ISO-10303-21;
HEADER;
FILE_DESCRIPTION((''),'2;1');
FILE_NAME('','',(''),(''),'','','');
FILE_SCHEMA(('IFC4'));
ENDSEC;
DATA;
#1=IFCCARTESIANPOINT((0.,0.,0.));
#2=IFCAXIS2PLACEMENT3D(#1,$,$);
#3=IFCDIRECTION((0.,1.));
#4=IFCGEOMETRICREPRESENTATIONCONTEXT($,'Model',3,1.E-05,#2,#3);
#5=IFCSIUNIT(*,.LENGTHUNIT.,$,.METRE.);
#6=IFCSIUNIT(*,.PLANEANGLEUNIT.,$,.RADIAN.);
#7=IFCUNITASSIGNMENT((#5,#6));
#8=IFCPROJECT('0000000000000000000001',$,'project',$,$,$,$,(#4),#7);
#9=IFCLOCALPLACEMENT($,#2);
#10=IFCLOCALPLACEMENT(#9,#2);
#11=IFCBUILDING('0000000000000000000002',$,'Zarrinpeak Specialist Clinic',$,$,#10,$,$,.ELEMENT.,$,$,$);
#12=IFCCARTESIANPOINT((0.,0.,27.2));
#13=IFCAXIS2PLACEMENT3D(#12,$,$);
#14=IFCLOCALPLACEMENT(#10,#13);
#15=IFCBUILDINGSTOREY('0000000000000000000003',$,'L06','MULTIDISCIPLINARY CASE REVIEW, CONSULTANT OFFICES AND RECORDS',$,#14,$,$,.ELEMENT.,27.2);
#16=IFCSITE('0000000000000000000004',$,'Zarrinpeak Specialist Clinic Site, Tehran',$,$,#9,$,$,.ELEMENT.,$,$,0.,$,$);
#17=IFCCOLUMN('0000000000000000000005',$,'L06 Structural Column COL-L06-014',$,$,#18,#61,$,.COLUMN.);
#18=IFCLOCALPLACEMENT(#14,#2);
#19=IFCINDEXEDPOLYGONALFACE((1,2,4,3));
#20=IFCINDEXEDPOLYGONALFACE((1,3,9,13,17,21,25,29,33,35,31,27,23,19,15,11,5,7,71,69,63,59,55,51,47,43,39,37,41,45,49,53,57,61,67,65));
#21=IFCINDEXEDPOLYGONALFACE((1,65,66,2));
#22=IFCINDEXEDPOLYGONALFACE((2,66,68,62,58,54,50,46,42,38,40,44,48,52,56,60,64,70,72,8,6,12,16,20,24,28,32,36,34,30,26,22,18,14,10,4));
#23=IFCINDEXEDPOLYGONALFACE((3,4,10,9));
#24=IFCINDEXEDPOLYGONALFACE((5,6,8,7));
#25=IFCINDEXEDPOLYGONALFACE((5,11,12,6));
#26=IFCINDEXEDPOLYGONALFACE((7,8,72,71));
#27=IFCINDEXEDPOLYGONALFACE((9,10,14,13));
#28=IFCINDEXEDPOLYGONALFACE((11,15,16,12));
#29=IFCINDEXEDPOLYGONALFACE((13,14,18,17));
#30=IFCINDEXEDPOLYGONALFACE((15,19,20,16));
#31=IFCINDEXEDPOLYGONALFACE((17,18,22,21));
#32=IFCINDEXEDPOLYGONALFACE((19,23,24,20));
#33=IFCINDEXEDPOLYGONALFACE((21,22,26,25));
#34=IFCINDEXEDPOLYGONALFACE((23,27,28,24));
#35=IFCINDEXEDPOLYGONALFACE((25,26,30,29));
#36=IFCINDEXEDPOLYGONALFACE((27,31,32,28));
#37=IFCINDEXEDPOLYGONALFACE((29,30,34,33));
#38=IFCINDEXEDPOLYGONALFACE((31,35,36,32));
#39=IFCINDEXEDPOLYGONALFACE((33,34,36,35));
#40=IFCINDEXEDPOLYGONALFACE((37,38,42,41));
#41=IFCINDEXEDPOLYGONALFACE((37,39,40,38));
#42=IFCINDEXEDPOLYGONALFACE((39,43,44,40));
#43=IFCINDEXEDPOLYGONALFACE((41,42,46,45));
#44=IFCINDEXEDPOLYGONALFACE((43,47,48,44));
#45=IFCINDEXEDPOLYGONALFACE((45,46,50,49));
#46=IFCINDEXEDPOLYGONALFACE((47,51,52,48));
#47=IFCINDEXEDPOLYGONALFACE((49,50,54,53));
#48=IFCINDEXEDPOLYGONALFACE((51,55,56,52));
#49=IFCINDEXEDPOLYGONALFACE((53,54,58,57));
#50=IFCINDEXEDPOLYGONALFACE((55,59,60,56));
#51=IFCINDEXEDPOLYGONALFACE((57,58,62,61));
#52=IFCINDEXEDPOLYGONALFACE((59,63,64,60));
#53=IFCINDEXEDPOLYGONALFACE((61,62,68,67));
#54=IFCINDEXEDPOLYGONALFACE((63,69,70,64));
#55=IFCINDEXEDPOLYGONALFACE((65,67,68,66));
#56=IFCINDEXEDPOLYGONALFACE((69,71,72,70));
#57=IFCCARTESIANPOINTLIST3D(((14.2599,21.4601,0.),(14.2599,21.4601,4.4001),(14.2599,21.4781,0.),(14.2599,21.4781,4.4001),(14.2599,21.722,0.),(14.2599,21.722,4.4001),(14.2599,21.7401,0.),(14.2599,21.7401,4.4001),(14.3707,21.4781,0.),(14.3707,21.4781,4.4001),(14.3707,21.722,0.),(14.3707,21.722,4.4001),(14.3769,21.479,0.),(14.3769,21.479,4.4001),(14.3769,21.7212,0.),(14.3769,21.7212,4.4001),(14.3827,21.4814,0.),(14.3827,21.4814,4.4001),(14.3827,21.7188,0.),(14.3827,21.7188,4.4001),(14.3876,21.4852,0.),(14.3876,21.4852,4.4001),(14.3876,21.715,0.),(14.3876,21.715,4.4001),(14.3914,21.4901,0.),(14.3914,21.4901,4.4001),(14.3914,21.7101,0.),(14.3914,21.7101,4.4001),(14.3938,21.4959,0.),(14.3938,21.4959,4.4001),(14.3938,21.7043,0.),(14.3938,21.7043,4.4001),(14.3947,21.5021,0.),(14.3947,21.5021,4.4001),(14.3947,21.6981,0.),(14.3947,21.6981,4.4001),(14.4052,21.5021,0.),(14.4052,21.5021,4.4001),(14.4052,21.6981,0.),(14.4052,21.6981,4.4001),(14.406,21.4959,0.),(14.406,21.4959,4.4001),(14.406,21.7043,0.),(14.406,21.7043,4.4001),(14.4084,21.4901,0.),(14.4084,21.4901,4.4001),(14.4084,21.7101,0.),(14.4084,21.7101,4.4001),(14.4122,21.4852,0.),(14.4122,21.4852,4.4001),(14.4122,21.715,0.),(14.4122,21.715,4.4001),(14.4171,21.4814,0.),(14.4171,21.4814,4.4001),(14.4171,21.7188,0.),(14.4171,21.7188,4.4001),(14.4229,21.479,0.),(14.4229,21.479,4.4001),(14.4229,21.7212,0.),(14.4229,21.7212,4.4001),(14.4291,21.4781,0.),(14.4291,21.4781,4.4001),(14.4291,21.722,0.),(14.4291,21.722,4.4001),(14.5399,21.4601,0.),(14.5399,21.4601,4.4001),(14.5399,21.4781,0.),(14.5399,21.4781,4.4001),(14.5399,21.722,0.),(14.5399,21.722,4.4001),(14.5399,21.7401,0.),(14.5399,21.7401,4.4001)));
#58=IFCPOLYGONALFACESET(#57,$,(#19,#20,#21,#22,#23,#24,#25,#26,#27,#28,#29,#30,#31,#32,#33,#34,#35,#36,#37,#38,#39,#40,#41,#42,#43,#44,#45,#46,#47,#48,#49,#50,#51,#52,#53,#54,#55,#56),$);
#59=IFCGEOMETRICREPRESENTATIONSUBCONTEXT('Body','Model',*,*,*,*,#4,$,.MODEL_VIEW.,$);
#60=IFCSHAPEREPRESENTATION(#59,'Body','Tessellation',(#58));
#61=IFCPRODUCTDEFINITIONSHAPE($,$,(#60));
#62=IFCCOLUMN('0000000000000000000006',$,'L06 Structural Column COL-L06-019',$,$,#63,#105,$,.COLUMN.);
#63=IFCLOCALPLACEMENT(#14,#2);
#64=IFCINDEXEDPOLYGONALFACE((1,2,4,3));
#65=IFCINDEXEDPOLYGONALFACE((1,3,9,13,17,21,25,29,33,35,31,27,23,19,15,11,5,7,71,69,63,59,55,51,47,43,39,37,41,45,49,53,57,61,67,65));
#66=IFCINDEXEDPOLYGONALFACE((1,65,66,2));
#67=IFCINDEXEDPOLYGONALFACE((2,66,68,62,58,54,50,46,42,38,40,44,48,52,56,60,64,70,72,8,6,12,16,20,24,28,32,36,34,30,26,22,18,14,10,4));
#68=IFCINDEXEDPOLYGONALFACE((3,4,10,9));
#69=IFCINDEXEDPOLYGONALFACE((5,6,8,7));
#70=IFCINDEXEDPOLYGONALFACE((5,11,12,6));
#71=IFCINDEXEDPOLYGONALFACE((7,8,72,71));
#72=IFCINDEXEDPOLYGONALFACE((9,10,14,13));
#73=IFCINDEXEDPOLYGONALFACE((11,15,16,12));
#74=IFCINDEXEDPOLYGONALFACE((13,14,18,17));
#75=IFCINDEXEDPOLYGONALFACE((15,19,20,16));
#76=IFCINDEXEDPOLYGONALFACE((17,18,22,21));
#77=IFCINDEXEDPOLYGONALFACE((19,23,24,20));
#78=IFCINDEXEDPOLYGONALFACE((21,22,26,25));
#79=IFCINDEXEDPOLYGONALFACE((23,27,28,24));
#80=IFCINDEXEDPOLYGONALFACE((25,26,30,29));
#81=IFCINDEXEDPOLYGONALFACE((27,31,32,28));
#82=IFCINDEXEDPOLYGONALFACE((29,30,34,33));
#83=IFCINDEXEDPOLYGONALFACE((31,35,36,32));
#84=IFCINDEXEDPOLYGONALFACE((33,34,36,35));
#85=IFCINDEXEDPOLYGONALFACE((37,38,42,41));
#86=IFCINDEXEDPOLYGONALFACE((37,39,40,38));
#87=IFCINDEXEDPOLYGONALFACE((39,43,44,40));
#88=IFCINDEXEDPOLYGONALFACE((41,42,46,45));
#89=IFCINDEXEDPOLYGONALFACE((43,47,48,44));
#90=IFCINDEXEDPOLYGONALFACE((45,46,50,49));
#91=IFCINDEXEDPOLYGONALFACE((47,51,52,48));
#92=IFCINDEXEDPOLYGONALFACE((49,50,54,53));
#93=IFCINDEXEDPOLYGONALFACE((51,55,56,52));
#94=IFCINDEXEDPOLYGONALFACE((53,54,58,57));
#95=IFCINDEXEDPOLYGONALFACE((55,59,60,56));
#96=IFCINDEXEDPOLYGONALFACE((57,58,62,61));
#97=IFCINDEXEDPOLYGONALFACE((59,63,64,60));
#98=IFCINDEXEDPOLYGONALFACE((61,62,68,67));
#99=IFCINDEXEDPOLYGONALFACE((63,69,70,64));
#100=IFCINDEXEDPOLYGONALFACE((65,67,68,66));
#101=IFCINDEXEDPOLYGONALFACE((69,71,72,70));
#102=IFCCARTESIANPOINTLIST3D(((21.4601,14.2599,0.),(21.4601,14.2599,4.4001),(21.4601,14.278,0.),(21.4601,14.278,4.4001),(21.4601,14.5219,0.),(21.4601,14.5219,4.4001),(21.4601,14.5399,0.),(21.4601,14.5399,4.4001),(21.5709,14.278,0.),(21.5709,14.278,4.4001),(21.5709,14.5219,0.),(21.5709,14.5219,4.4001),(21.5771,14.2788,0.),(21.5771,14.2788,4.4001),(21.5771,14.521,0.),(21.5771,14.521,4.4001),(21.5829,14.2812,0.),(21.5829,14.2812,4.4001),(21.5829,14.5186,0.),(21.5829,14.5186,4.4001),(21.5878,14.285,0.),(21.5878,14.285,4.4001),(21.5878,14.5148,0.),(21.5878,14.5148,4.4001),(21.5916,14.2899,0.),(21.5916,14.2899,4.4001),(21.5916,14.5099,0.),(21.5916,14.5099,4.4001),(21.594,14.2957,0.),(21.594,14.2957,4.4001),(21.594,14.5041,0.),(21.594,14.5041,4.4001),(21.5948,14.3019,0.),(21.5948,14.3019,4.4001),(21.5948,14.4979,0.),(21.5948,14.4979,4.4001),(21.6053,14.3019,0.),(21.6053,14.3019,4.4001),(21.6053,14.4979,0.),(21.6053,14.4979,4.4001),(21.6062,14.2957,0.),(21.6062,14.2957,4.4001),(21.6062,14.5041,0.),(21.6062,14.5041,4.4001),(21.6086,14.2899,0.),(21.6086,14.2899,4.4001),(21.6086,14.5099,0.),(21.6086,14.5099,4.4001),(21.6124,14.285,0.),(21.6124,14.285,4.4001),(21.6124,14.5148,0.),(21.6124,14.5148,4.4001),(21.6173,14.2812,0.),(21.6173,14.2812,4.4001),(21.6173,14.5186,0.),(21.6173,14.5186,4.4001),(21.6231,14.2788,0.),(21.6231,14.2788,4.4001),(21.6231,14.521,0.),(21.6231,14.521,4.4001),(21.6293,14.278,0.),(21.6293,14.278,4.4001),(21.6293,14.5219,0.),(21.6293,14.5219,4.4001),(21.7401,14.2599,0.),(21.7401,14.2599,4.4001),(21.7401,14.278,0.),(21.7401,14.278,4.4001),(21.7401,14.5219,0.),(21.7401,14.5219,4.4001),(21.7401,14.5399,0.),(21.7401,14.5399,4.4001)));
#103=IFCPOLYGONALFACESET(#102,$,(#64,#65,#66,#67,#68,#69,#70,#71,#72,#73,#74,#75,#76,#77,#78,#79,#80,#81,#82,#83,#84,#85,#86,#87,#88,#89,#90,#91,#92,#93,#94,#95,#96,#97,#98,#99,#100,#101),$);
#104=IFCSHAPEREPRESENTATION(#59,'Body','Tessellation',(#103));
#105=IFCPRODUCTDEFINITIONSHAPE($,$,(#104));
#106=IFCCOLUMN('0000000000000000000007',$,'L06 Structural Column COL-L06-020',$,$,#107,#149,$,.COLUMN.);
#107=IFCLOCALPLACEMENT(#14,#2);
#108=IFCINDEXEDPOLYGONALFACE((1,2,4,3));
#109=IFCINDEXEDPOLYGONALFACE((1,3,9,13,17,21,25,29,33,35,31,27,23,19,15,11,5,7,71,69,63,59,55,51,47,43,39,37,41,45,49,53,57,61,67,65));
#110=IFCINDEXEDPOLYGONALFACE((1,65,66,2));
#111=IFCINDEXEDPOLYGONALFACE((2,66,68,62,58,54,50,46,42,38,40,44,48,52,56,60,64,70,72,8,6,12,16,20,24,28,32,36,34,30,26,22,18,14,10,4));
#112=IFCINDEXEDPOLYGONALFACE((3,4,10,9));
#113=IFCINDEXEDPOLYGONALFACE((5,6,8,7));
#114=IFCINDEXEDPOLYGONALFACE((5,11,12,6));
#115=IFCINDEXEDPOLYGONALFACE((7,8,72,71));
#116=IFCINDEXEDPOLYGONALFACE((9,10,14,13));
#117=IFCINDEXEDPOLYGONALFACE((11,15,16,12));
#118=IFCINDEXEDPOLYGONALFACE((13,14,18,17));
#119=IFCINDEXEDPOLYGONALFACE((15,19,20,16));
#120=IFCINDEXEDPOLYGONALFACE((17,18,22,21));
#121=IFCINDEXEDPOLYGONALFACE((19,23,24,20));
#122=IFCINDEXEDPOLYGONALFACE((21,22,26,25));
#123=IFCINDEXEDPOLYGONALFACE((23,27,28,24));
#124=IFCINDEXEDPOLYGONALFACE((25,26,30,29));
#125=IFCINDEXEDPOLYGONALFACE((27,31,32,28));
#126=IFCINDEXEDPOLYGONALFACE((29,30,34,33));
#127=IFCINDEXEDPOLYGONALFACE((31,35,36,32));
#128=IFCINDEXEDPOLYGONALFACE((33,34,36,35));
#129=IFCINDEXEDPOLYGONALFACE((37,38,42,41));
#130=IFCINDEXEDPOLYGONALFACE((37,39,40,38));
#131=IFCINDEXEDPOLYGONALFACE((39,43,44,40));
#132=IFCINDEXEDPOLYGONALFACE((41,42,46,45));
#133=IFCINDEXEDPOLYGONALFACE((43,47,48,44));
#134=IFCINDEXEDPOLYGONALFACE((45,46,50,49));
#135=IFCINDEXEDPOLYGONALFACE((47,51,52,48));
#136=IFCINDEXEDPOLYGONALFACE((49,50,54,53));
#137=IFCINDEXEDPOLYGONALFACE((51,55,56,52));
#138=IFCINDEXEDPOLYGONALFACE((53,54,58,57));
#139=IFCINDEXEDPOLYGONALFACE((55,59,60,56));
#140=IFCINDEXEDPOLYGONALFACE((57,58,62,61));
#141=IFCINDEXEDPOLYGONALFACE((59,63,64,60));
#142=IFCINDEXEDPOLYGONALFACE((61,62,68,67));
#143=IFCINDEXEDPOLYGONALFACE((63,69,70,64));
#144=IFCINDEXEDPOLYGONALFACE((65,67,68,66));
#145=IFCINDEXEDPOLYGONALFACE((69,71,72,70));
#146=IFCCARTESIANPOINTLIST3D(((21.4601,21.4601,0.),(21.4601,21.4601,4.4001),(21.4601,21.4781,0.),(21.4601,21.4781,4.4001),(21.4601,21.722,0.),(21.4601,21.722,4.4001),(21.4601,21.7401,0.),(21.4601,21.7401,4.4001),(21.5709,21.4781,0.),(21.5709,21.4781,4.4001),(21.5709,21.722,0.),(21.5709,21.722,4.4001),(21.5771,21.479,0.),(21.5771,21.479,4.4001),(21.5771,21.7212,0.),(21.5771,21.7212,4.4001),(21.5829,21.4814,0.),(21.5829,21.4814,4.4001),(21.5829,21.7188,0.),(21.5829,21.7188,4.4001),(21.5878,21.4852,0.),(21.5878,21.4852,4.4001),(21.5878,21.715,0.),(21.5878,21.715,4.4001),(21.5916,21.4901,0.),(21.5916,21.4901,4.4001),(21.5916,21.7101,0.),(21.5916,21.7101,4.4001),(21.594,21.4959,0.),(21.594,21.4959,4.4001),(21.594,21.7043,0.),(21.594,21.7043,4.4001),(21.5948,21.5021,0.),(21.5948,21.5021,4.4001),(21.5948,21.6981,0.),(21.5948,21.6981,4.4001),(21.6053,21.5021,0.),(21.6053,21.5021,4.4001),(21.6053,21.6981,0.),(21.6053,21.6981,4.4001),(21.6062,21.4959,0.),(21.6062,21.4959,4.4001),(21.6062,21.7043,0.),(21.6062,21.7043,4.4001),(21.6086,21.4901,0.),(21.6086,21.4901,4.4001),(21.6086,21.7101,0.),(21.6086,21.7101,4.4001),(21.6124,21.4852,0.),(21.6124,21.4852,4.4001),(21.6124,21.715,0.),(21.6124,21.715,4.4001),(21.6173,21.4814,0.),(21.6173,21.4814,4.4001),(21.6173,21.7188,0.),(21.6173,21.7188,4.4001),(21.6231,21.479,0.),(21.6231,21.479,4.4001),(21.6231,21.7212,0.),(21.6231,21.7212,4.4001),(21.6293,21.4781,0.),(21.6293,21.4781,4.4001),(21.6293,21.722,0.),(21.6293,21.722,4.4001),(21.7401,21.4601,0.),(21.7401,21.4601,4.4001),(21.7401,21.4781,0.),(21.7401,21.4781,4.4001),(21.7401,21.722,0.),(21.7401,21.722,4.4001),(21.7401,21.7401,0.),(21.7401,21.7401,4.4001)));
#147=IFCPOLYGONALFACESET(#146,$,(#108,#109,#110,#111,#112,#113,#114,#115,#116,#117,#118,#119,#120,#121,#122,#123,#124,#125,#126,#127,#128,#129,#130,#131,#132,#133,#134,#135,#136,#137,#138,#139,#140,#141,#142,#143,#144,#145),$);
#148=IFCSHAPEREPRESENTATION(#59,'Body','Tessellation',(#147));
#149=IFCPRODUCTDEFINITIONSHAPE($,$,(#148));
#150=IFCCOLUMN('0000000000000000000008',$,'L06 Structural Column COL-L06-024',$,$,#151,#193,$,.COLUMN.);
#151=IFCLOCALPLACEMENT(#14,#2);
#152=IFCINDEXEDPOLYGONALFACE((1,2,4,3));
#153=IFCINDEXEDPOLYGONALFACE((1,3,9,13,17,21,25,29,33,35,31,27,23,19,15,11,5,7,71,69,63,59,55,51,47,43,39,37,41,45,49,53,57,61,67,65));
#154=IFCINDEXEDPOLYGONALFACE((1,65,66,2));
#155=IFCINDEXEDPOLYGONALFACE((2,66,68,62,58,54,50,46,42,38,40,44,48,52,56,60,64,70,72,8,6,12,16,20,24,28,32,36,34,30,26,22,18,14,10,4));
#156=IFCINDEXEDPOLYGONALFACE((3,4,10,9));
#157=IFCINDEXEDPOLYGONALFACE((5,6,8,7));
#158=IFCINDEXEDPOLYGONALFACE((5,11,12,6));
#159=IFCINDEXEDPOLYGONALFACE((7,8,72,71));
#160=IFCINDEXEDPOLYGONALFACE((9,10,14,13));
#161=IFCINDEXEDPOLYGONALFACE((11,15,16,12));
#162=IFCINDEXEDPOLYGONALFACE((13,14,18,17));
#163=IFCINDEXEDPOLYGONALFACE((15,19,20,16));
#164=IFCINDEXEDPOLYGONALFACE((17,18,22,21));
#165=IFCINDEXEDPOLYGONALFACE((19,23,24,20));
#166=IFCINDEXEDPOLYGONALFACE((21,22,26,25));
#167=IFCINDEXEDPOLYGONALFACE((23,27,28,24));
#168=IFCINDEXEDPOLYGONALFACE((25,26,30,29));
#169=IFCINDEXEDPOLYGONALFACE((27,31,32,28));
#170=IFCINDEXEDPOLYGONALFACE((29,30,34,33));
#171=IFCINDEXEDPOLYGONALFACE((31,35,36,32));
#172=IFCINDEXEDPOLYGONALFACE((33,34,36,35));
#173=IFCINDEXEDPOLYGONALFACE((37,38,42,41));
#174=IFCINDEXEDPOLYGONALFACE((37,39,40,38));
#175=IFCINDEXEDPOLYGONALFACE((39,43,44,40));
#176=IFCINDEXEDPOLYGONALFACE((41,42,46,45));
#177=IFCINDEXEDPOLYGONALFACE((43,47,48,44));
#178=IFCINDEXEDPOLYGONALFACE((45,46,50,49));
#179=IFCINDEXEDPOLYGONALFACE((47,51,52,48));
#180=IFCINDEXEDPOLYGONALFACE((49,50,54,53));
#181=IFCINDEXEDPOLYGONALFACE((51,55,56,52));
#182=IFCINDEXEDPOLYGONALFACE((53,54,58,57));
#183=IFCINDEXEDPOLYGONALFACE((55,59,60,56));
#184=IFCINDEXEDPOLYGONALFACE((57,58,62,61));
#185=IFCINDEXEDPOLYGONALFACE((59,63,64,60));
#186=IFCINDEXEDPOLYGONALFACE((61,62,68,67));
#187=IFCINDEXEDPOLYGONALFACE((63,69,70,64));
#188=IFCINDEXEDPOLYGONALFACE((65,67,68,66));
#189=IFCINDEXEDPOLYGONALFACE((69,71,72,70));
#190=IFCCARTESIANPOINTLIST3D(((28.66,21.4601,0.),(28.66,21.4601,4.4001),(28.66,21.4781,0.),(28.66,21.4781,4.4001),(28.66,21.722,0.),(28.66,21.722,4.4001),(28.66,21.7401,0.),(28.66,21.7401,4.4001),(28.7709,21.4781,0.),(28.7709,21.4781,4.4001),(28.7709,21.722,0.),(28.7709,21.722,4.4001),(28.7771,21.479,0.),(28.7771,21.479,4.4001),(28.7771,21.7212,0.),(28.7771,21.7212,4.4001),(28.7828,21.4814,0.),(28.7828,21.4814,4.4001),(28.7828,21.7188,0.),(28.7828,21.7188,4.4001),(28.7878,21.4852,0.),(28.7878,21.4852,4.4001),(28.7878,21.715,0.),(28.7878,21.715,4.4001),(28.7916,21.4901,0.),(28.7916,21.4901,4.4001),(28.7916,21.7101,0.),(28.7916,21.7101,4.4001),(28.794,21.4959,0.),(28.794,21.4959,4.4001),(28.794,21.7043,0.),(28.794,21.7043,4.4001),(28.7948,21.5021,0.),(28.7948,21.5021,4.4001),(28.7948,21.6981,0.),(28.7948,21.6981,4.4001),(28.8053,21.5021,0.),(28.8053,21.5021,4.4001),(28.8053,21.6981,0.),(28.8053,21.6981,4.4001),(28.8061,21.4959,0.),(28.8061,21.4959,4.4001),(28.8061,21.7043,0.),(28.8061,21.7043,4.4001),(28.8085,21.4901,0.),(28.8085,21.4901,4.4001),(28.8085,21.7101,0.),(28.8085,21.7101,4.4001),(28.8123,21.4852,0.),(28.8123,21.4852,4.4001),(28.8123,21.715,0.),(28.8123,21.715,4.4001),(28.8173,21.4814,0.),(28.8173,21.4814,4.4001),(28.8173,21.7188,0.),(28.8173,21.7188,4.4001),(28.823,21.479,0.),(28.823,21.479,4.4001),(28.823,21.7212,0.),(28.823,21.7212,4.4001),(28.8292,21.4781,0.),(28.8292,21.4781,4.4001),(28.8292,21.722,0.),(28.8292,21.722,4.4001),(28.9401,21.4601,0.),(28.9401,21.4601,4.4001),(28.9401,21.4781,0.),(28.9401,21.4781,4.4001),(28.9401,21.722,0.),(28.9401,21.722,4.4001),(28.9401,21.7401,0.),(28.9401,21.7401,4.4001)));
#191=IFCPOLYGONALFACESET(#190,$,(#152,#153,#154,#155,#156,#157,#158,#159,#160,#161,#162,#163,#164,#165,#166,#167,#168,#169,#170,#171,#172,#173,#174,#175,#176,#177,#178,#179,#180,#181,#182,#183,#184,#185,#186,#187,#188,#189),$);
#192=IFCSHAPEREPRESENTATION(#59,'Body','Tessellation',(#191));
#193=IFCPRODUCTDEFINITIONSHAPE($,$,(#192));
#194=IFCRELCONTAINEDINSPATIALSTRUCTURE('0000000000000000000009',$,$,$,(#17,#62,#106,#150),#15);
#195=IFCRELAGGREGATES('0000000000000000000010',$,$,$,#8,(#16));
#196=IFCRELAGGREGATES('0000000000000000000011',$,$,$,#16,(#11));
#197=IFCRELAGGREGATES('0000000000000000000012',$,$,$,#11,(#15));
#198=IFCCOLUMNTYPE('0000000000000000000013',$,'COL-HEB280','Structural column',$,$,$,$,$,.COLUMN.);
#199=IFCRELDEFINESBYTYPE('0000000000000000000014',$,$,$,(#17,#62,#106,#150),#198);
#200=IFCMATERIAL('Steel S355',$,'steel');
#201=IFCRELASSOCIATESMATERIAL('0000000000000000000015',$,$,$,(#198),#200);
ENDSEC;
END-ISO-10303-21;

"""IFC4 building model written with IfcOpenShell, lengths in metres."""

from ifc_helpers import new_model, si_unit, direction, frame, origin, origin_2d, place, context, subcontext, project, spatial, i_section, extrude, material, material_profile, profile_set, type_object, element, save


model = new_model("IFC4")

# Units and contexts
model_context = context("Model", 3, precision=1e-05, world=origin(), true_north=direction((0.0, 1.0)))
body_context = subcontext(model_context, "Body", "Model", "MODEL_VIEW")
ifc_project = project(units=[si_unit("LENGTHUNIT", "METRE"), si_unit("PLANEANGLEUNIT", "RADIAN")], contexts=[model_context])

# Site, building, storey
site_placement = place(None, origin())
site = spatial("IfcSite", under=ifc_project, at=site_placement, Name="Zarrinpeak Specialist Clinic Site, Tehran", CompositionType="ELEMENT", RefElevation=0.0)
building_placement = place(site_placement, origin())
building = spatial("IfcBuilding", under=site, at=building_placement, Name="Zarrinpeak Specialist Clinic", CompositionType="ELEMENT")
storey_placement = place(building_placement, frame((0.0, 0.0, 27.2)))
storey = spatial("IfcBuildingStorey", under=building, at=storey_placement, Name="L06", Description="MULTIDISCIPLINARY CASE REVIEW, CONSULTANT OFFICES AND RECORDS", CompositionType="ELEMENT", Elevation=27.2)

# Columns
ifc_material_1 = material(Name="Steel S355", Category="steel")
ifc_material_profile_1 = material_profile(ifc_material_1, i_section(OverallWidth=0.28, OverallDepth=0.28, WebThickness=0.0105, FlangeThickness=0.0181, FilletRadius=0.0239, at=origin_2d()), Name="HEB 280")
ifc_profile_set_1 = profile_set([ifc_material_profile_1], Name="Steel S355")
column_type = type_object("IfcColumnType", Name="COL-HEB280", Description="Structural column", PredefinedType="COLUMN", material=ifc_profile_set_1)
for number, where, z_axis, x_axis, name in (
    (1, (14.3999, 21.6001, 0.0), (0.0, 0.0, 1.0), (1.0, 0.0, 0.0), "L06 Structural Column COL-L06-014"),
    (2, (21.6001, 14.3999, 0.0), (0.0, 0.0, 1.0), (1.0, 0.0, 0.0), "L06 Structural Column COL-L06-019"),
    (3, (21.6001, 21.6001, 0.0), (0.0, 0.0, 1.0), (1.0, 0.0, 0.0), "L06 Structural Column COL-L06-020"),
    (4, (28.8, 21.6001, 0.0), (0.0, 0.0, 1.0), (1.0, 0.0, 0.0), "L06 Structural Column COL-L06-024"),
):
    element("IfcColumn", number, at=place(storey_placement, frame(where, z_axis=z_axis, x_axis=x_axis)), inside=storey, type_object=column_type, Name=name, PredefinedType="COLUMN", context=body_context, shape_type="SweptSolid", body=[
        extrude(i_section(OverallWidth=0.28, OverallDepth=0.28, WebThickness=0.0105, FlangeThickness=0.0181, FilletRadius=0.0239, at=origin_2d()), origin(), (0.0, 0.0, 1.0), 4.4001),
    ])

save(model, "model.ifc")
